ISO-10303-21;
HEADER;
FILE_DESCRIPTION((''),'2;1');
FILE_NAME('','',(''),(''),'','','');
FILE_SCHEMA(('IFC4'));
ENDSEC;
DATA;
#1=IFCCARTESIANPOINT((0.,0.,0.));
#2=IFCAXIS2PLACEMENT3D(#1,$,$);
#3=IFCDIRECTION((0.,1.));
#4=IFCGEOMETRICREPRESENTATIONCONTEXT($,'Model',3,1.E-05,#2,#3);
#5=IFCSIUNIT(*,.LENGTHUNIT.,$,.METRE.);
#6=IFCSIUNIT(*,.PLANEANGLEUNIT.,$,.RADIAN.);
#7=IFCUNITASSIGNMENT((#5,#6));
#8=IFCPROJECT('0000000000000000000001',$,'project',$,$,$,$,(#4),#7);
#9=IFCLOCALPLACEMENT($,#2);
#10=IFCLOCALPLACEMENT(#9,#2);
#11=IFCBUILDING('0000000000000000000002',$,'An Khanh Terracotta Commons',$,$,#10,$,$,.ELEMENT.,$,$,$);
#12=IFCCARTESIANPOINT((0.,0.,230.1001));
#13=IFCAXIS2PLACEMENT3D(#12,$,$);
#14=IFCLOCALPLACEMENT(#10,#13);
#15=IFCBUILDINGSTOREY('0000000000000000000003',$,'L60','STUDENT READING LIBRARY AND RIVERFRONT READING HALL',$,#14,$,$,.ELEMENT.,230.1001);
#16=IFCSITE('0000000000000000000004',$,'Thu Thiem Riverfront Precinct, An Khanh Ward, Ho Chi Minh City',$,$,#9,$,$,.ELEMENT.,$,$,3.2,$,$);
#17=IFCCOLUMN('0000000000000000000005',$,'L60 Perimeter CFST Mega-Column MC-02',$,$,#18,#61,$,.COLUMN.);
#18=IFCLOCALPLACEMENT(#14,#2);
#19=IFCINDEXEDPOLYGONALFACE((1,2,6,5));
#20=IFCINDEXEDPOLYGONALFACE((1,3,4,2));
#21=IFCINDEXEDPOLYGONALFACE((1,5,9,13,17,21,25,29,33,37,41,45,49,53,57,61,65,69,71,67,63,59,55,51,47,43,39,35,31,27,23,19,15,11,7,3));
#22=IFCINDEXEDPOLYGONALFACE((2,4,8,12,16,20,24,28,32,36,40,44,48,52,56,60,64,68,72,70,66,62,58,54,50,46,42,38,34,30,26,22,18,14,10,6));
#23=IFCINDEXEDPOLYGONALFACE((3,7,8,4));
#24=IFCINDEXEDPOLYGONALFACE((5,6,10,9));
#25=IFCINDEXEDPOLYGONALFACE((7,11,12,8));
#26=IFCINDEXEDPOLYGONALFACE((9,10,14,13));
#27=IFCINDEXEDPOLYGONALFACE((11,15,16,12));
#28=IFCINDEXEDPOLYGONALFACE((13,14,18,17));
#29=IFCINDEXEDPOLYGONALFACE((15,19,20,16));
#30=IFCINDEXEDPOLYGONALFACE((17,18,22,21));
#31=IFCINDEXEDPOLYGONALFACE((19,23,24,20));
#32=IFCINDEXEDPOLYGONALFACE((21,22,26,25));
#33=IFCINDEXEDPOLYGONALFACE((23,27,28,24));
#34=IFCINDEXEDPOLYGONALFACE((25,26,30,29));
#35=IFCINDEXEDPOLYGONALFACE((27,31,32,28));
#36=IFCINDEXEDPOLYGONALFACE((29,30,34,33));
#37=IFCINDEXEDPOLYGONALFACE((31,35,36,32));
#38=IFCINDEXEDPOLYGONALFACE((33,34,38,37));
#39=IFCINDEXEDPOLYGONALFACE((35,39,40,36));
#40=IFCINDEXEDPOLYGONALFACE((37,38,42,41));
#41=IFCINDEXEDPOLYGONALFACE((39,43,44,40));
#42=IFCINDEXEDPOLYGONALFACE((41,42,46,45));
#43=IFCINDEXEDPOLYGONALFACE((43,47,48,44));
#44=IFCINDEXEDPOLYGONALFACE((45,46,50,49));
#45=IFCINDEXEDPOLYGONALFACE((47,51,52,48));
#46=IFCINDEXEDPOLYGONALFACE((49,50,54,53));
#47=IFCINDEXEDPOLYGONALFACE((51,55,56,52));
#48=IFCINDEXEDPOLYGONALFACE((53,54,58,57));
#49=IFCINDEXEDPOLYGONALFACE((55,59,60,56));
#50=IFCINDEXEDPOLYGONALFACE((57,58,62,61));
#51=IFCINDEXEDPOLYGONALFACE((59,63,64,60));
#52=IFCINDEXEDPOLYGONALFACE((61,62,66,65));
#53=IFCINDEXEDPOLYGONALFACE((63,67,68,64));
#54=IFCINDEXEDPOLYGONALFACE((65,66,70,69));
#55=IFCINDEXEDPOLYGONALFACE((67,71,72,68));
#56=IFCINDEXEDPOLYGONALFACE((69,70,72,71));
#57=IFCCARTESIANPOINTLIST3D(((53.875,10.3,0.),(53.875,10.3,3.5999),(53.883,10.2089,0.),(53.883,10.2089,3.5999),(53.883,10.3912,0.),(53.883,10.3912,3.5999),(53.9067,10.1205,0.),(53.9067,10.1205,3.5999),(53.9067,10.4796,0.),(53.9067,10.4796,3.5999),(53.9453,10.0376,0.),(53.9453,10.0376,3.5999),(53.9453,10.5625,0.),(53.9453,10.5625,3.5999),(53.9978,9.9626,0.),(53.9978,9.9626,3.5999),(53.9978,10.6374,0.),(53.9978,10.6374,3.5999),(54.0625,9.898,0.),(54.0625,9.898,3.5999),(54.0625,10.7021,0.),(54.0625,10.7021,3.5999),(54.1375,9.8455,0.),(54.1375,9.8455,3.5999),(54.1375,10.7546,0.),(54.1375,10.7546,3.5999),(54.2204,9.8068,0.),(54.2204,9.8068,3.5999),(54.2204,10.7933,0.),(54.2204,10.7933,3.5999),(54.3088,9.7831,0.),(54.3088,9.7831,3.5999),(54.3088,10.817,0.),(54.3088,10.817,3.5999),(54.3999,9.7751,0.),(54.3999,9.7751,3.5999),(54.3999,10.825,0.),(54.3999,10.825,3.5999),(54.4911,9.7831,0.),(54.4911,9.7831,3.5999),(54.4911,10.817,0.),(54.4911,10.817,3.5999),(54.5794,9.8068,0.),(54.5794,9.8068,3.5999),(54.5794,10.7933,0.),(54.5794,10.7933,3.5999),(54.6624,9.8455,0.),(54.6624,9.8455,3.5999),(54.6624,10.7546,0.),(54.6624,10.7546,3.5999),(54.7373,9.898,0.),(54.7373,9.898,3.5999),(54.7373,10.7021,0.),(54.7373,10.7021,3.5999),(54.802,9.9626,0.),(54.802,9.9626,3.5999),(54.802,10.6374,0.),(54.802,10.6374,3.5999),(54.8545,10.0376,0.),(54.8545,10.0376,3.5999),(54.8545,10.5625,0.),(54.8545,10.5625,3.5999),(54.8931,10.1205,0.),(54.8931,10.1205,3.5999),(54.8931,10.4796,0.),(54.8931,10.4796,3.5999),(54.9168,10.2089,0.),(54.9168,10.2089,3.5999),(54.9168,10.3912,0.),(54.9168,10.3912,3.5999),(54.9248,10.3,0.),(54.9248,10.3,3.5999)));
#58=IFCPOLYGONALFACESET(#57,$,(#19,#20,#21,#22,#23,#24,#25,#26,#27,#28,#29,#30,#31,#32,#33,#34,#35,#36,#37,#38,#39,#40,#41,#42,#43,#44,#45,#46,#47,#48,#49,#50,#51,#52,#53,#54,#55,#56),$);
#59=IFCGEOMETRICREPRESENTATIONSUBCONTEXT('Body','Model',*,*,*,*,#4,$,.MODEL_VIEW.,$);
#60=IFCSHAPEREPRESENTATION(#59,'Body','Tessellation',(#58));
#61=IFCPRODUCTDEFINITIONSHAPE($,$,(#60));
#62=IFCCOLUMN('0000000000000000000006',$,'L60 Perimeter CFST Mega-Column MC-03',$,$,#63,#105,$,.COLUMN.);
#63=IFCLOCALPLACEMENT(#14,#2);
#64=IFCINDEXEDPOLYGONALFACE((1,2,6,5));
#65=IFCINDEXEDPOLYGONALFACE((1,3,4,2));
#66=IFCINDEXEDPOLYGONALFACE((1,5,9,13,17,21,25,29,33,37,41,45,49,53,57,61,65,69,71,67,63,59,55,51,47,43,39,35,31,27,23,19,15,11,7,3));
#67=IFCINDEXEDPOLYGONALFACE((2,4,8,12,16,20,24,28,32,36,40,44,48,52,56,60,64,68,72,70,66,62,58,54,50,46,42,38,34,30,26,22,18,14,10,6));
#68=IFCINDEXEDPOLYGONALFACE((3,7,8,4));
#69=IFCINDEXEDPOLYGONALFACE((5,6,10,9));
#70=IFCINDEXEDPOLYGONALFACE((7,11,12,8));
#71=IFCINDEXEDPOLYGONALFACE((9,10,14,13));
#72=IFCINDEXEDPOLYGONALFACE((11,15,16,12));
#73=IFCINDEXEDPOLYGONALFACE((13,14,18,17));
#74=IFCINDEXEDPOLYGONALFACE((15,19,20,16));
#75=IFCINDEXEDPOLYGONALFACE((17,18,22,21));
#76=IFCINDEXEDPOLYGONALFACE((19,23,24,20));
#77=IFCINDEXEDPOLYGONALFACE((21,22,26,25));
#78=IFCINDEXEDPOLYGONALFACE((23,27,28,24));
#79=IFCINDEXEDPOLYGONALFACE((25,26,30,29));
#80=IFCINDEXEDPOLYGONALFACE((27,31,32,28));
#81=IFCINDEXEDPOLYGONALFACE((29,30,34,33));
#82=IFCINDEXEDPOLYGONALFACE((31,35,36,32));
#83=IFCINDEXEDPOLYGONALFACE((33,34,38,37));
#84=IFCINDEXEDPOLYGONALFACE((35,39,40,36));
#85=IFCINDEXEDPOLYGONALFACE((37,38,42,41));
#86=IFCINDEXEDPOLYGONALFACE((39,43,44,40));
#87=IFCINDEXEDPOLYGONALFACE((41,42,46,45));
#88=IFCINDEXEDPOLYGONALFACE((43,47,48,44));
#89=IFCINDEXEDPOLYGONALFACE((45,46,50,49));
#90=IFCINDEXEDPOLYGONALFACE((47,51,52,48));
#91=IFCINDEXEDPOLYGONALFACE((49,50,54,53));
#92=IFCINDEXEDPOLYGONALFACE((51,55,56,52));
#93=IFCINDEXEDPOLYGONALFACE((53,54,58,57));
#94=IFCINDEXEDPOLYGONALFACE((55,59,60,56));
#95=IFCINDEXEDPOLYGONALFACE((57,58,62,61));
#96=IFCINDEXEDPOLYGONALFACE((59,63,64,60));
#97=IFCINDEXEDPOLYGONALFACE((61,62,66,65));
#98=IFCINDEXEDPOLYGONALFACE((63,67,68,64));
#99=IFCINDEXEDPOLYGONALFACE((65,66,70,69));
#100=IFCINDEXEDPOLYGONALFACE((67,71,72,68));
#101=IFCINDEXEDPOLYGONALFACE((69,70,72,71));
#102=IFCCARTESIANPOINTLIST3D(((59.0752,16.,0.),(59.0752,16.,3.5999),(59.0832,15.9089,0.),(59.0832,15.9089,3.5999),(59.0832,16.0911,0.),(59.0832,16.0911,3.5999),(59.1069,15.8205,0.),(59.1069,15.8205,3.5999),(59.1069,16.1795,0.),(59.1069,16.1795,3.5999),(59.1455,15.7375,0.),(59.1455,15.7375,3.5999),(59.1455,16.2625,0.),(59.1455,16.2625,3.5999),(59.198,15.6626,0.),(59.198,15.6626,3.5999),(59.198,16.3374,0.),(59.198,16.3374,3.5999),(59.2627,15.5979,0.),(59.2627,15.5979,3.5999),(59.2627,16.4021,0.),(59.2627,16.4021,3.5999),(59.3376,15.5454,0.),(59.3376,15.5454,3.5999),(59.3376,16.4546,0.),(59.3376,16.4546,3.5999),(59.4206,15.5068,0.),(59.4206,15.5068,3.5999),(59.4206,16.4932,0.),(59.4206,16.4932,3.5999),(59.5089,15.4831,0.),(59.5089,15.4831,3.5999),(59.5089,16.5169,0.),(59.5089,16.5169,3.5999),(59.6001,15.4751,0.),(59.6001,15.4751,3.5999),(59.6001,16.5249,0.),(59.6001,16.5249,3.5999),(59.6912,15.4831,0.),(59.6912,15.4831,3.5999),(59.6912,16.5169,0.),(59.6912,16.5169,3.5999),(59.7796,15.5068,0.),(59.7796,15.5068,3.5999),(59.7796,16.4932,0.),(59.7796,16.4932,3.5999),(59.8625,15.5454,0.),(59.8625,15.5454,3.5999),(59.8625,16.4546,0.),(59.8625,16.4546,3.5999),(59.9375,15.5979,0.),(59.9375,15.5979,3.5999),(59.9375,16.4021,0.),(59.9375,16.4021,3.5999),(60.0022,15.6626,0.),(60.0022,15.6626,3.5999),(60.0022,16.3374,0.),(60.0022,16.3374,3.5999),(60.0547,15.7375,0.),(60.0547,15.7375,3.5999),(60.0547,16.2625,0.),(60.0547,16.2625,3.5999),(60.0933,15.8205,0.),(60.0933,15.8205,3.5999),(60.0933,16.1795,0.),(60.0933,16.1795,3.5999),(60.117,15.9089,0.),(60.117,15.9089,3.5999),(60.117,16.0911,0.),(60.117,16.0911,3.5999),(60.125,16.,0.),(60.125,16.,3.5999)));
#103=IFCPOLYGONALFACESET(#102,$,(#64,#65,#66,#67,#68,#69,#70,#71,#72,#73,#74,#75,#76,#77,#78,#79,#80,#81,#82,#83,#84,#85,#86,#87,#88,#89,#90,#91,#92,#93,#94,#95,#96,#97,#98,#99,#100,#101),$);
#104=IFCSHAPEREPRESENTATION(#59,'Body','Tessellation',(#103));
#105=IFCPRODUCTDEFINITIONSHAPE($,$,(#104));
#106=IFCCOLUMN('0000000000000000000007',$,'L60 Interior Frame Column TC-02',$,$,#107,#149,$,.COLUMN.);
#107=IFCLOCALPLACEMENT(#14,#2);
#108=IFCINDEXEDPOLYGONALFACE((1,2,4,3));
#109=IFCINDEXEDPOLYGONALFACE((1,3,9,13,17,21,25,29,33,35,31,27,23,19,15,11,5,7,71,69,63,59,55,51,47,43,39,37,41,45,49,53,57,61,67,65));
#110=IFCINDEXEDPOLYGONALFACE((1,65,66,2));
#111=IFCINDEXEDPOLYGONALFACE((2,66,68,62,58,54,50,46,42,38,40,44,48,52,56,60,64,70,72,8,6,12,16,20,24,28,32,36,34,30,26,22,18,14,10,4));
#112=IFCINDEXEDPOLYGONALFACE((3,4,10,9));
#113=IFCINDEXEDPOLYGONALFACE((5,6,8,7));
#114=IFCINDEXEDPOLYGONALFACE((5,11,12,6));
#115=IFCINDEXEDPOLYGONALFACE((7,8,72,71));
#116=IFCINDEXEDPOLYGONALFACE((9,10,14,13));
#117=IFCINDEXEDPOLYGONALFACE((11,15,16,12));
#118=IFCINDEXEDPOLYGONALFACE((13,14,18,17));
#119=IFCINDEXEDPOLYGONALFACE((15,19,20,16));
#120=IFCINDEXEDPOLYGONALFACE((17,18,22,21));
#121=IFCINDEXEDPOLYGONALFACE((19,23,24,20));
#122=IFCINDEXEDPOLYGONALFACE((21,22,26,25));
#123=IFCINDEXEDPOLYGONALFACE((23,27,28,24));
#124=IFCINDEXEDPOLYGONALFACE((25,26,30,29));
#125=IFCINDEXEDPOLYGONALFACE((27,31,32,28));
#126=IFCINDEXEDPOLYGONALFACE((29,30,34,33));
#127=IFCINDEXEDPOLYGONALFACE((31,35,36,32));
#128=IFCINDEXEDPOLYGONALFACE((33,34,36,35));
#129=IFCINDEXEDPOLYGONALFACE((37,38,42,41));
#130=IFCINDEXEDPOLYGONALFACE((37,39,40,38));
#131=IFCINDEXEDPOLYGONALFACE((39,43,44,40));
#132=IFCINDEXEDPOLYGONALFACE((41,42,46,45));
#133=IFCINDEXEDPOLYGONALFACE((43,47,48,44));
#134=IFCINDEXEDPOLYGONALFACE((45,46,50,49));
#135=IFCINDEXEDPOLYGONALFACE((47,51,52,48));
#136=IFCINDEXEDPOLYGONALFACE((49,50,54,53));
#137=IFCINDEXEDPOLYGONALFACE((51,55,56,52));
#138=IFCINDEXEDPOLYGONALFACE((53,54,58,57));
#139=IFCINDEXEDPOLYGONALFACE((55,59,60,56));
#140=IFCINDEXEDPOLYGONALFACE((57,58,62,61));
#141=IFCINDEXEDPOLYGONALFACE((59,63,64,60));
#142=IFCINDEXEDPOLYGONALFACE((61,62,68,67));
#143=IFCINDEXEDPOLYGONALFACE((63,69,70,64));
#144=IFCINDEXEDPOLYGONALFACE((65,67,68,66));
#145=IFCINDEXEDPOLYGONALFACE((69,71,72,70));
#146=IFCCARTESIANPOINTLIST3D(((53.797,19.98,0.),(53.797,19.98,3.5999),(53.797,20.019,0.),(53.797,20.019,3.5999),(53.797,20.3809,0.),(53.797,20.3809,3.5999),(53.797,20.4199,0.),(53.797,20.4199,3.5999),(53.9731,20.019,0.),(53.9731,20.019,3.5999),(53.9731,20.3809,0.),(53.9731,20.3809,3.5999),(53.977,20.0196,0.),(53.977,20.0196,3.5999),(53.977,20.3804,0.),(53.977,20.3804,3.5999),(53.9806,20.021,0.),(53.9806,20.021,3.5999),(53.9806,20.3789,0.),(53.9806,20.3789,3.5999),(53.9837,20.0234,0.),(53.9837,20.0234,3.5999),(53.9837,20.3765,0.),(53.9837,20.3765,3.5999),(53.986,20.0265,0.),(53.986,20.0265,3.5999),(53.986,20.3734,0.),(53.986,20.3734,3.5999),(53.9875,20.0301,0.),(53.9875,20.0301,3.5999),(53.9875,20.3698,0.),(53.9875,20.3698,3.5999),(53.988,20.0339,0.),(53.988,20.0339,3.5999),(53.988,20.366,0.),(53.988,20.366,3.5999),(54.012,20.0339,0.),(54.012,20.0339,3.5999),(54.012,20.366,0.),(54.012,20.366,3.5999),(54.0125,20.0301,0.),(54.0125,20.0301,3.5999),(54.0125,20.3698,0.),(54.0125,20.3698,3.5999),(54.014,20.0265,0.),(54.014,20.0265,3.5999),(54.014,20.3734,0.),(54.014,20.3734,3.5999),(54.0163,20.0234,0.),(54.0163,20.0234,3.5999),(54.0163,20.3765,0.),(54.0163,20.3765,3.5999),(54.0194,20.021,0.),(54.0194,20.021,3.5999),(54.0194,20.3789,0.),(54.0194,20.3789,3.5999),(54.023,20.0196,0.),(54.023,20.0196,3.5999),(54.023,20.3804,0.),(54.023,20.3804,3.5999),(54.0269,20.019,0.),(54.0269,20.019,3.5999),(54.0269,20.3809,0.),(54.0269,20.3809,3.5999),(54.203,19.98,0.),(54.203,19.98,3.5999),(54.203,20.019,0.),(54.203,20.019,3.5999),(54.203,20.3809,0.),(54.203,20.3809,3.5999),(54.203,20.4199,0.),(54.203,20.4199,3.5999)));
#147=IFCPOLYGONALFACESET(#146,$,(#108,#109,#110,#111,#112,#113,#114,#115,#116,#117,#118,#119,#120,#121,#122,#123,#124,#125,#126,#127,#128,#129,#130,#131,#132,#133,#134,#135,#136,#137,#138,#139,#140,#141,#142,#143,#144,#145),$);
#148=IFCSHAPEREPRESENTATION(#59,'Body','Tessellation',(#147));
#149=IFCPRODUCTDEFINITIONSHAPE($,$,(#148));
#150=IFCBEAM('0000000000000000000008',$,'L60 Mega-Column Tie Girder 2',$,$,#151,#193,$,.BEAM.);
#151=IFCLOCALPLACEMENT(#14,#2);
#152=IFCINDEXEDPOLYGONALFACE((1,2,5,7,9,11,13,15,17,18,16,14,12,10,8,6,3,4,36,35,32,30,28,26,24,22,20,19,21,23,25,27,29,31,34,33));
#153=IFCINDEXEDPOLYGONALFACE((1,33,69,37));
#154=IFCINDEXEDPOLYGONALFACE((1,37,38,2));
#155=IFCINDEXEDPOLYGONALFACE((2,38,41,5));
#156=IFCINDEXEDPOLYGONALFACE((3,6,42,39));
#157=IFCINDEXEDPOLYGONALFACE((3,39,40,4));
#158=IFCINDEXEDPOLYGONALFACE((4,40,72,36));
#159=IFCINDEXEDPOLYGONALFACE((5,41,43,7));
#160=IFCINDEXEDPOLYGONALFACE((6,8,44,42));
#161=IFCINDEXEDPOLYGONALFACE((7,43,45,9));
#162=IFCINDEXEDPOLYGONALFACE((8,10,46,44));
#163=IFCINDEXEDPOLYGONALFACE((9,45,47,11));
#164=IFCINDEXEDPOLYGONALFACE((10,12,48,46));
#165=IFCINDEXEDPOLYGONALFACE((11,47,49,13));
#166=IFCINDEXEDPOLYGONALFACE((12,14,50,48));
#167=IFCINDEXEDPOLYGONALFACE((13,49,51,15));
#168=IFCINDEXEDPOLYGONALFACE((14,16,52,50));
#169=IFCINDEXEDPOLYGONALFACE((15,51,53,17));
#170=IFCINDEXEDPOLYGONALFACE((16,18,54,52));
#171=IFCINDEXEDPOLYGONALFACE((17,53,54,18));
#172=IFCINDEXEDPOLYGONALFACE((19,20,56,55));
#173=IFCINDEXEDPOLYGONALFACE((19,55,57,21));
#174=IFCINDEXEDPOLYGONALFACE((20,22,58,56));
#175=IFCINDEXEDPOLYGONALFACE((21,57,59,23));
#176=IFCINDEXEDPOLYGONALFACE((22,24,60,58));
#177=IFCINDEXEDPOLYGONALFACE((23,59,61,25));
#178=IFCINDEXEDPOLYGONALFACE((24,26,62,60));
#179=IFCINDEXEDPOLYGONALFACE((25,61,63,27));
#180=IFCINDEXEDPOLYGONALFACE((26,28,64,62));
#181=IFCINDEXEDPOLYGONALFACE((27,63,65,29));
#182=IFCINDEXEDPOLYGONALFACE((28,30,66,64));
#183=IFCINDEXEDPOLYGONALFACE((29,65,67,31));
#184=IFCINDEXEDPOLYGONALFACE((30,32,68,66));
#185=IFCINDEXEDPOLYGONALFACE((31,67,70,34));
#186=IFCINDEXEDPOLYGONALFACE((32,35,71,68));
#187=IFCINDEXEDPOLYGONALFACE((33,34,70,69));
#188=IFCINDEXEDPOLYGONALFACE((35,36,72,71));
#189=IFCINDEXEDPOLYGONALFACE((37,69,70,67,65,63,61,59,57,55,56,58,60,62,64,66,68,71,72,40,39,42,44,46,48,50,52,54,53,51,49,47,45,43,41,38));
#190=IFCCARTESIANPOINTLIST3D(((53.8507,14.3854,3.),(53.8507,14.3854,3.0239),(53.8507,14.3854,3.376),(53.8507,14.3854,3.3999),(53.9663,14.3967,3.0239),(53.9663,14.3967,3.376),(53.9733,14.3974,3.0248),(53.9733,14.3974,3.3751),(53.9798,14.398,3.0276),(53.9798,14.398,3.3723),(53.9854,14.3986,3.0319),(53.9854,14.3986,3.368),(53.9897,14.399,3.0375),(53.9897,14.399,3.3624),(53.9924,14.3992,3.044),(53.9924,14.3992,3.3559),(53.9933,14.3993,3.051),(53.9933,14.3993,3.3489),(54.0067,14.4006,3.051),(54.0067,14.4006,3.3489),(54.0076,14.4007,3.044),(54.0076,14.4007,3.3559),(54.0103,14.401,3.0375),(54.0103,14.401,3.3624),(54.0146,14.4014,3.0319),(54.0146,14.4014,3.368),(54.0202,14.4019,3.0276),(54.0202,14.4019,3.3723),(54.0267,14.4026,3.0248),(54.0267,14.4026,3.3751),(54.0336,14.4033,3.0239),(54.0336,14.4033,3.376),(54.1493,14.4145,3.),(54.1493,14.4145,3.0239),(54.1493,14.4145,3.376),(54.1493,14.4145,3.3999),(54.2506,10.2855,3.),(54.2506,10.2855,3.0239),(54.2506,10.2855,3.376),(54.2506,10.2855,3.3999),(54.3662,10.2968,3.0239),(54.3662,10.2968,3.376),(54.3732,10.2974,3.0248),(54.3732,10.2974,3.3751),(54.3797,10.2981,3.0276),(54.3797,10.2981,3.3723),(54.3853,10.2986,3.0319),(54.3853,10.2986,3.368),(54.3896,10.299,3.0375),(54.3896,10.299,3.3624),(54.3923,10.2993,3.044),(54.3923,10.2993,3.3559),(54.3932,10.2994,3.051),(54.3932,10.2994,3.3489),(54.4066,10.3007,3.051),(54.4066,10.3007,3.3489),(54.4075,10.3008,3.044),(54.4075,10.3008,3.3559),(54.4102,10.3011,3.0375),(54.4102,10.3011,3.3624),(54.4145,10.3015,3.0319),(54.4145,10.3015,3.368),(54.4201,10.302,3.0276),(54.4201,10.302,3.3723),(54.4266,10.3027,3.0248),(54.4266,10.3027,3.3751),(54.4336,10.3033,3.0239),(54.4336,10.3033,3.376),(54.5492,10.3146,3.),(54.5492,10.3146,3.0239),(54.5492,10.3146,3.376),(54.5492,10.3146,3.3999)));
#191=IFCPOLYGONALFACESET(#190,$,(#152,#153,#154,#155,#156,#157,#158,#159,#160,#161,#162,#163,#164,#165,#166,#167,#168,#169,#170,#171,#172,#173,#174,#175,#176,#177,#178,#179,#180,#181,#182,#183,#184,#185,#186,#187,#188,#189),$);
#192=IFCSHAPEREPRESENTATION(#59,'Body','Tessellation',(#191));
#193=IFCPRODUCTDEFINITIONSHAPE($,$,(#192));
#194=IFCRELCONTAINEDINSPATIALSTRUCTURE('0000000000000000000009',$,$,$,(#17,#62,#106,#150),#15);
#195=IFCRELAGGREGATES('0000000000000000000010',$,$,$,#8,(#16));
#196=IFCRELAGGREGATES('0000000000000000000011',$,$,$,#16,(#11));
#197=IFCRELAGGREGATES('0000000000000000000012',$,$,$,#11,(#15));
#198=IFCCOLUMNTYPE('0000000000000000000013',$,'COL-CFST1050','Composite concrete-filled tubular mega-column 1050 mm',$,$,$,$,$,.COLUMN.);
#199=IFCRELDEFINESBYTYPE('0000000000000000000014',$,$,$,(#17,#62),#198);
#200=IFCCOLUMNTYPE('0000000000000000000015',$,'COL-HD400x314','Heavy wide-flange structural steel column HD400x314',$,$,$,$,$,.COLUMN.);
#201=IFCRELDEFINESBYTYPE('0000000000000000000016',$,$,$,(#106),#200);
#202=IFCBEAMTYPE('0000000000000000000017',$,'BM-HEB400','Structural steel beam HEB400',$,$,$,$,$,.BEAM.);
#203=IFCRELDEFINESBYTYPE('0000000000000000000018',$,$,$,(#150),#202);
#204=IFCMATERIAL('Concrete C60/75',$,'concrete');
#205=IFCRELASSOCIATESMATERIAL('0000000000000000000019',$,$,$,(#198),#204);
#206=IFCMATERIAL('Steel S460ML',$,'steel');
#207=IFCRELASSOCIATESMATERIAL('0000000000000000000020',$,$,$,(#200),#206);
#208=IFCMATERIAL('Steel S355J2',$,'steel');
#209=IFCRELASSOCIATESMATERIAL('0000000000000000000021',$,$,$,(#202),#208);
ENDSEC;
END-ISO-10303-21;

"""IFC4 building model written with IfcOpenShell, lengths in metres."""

from ifc_helpers import new_model, si_unit, direction, frame, origin, origin_2d, place, context, subcontext, project, spatial, circle, i_section, extrude, material, material_profile, profile_set, type_object, element, save


model = new_model("IFC4")

# Units and contexts
model_context = context("Model", 3, precision=1e-05, world=origin(), true_north=direction((0.0, 1.0)))
body_context = subcontext(model_context, "Body", "Model", "MODEL_VIEW")
ifc_project = project(units=[si_unit("LENGTHUNIT", "METRE"), si_unit("PLANEANGLEUNIT", "RADIAN")], contexts=[model_context])

# Site, building, storey
site_placement = place(None, origin())
site = spatial("IfcSite", under=ifc_project, at=site_placement, Name="Thu Thiem Riverfront Precinct, An Khanh Ward, Ho Chi Minh City", CompositionType="ELEMENT", RefElevation=3.2)
building_placement = place(site_placement, origin())
building = spatial("IfcBuilding", under=site, at=building_placement, Name="An Khanh Terracotta Commons", CompositionType="ELEMENT")
storey_placement = place(building_placement, frame((0.0, 0.0, 230.1001)))
storey = spatial("IfcBuildingStorey", under=building, at=storey_placement, Name="L60", Description="STUDENT READING LIBRARY AND RIVERFRONT READING HALL", CompositionType="ELEMENT", Elevation=230.1001)

# Columns
ifc_material_1 = material(Name="Concrete C60/75", Category="concrete")
ifc_material_profile_1 = material_profile(ifc_material_1, circle(Radius=0.5249, at=origin_2d()), Name="CFST1050")
ifc_profile_set_1 = profile_set([ifc_material_profile_1], Name="Concrete C60/75")
column_type_1 = type_object("IfcColumnType", Name="COL-CFST1050", Description="Composite concrete-filled tubular mega-column 1050 mm", PredefinedType="COLUMN", material=ifc_profile_set_1)
for number, where, z_axis, x_axis, name in (
    (1, (54.3999, 10.3, 0.0), (0.0, 0.0, 1.0), (1.0, 0.0, 0.0), "L60 Perimeter CFST Mega-Column MC-02"),
    (2, (59.6001, 16.0, 0.0), (0.0, 0.0, 1.0), (1.0, 0.0, 0.0), "L60 Perimeter CFST Mega-Column MC-03"),
):
    element("IfcColumn", number, at=place(storey_placement, frame(where, z_axis=z_axis, x_axis=x_axis)), inside=storey, type_object=column_type_1, Name=name, PredefinedType="COLUMN", context=body_context, shape_type="SweptSolid", body=[
        extrude(circle(Radius=0.5249, at=origin_2d()), origin(), (0.0, 0.0, 1.0), 3.5999),
    ])
ifc_material_2 = material(Name="Steel S460ML", Category="steel")
ifc_material_profile_2 = material_profile(ifc_material_2, i_section(OverallWidth=0.406, OverallDepth=0.4399, WebThickness=0.0239, FlangeThickness=0.0391, FilletRadius=0.0149, at=origin_2d()), Name="HD400x314")
ifc_profile_set_2 = profile_set([ifc_material_profile_2], Name="Steel S460ML")
column_type_2 = type_object("IfcColumnType", Name="COL-HD400x314", Description="Heavy wide-flange structural steel column HD400x314", PredefinedType="COLUMN", material=ifc_profile_set_2)
column_placement = place(storey_placement, frame((54.0, 20.2, 0.0), z_axis=(0.0, 0.0, 1.0), x_axis=(1.0, 0.0, 0.0)))
element("IfcColumn", 3, at=column_placement, inside=storey, type_object=column_type_2, Name="L60 Interior Frame Column TC-02", PredefinedType="COLUMN", context=body_context, shape_type="SweptSolid", body=[
    extrude(i_section(OverallWidth=0.406, OverallDepth=0.4399, WebThickness=0.0239, FlangeThickness=0.0391, FilletRadius=0.0149, at=origin_2d()), origin(), (0.0, 0.0, 1.0), 3.5999),
])

# Beam
ifc_material_3 = material(Name="Steel S355J2", Category="steel")
ifc_material_profile_3 = material_profile(ifc_material_3, i_section(OverallWidth=0.3, OverallDepth=0.3999, WebThickness=0.0134, FlangeThickness=0.0239, FilletRadius=0.0271, at=origin_2d()), Name="HEB400")
ifc_profile_set_3 = profile_set([ifc_material_profile_3], Name="Steel S355J2")
beam_type_1 = type_object("IfcBeamType", Name="BM-HEB400", Description="Structural steel beam HEB400", PredefinedType="BEAM", material=ifc_profile_set_3)
beam_1_placement = place(storey_placement, frame((54.3999, 10.3, 3.2), z_axis=(-0.09708, 0.995277, 0.0), x_axis=(-0.995277, -0.09708, 0.0)))
element("IfcBeam", 4, at=beam_1_placement, inside=storey, type_object=beam_type_1, Name="L60 Mega-Column Tie Girder 2", PredefinedType="BEAM", context=body_context, shape_type="SweptSolid", body=[
    extrude(i_section(OverallWidth=0.3, OverallDepth=0.3999, WebThickness=0.0134, FlangeThickness=0.0239, FilletRadius=0.0271, at=origin_2d()), origin(), (0.0, 0.0, 1.0), 4.1194),
])

save(model, "model.ifc")
